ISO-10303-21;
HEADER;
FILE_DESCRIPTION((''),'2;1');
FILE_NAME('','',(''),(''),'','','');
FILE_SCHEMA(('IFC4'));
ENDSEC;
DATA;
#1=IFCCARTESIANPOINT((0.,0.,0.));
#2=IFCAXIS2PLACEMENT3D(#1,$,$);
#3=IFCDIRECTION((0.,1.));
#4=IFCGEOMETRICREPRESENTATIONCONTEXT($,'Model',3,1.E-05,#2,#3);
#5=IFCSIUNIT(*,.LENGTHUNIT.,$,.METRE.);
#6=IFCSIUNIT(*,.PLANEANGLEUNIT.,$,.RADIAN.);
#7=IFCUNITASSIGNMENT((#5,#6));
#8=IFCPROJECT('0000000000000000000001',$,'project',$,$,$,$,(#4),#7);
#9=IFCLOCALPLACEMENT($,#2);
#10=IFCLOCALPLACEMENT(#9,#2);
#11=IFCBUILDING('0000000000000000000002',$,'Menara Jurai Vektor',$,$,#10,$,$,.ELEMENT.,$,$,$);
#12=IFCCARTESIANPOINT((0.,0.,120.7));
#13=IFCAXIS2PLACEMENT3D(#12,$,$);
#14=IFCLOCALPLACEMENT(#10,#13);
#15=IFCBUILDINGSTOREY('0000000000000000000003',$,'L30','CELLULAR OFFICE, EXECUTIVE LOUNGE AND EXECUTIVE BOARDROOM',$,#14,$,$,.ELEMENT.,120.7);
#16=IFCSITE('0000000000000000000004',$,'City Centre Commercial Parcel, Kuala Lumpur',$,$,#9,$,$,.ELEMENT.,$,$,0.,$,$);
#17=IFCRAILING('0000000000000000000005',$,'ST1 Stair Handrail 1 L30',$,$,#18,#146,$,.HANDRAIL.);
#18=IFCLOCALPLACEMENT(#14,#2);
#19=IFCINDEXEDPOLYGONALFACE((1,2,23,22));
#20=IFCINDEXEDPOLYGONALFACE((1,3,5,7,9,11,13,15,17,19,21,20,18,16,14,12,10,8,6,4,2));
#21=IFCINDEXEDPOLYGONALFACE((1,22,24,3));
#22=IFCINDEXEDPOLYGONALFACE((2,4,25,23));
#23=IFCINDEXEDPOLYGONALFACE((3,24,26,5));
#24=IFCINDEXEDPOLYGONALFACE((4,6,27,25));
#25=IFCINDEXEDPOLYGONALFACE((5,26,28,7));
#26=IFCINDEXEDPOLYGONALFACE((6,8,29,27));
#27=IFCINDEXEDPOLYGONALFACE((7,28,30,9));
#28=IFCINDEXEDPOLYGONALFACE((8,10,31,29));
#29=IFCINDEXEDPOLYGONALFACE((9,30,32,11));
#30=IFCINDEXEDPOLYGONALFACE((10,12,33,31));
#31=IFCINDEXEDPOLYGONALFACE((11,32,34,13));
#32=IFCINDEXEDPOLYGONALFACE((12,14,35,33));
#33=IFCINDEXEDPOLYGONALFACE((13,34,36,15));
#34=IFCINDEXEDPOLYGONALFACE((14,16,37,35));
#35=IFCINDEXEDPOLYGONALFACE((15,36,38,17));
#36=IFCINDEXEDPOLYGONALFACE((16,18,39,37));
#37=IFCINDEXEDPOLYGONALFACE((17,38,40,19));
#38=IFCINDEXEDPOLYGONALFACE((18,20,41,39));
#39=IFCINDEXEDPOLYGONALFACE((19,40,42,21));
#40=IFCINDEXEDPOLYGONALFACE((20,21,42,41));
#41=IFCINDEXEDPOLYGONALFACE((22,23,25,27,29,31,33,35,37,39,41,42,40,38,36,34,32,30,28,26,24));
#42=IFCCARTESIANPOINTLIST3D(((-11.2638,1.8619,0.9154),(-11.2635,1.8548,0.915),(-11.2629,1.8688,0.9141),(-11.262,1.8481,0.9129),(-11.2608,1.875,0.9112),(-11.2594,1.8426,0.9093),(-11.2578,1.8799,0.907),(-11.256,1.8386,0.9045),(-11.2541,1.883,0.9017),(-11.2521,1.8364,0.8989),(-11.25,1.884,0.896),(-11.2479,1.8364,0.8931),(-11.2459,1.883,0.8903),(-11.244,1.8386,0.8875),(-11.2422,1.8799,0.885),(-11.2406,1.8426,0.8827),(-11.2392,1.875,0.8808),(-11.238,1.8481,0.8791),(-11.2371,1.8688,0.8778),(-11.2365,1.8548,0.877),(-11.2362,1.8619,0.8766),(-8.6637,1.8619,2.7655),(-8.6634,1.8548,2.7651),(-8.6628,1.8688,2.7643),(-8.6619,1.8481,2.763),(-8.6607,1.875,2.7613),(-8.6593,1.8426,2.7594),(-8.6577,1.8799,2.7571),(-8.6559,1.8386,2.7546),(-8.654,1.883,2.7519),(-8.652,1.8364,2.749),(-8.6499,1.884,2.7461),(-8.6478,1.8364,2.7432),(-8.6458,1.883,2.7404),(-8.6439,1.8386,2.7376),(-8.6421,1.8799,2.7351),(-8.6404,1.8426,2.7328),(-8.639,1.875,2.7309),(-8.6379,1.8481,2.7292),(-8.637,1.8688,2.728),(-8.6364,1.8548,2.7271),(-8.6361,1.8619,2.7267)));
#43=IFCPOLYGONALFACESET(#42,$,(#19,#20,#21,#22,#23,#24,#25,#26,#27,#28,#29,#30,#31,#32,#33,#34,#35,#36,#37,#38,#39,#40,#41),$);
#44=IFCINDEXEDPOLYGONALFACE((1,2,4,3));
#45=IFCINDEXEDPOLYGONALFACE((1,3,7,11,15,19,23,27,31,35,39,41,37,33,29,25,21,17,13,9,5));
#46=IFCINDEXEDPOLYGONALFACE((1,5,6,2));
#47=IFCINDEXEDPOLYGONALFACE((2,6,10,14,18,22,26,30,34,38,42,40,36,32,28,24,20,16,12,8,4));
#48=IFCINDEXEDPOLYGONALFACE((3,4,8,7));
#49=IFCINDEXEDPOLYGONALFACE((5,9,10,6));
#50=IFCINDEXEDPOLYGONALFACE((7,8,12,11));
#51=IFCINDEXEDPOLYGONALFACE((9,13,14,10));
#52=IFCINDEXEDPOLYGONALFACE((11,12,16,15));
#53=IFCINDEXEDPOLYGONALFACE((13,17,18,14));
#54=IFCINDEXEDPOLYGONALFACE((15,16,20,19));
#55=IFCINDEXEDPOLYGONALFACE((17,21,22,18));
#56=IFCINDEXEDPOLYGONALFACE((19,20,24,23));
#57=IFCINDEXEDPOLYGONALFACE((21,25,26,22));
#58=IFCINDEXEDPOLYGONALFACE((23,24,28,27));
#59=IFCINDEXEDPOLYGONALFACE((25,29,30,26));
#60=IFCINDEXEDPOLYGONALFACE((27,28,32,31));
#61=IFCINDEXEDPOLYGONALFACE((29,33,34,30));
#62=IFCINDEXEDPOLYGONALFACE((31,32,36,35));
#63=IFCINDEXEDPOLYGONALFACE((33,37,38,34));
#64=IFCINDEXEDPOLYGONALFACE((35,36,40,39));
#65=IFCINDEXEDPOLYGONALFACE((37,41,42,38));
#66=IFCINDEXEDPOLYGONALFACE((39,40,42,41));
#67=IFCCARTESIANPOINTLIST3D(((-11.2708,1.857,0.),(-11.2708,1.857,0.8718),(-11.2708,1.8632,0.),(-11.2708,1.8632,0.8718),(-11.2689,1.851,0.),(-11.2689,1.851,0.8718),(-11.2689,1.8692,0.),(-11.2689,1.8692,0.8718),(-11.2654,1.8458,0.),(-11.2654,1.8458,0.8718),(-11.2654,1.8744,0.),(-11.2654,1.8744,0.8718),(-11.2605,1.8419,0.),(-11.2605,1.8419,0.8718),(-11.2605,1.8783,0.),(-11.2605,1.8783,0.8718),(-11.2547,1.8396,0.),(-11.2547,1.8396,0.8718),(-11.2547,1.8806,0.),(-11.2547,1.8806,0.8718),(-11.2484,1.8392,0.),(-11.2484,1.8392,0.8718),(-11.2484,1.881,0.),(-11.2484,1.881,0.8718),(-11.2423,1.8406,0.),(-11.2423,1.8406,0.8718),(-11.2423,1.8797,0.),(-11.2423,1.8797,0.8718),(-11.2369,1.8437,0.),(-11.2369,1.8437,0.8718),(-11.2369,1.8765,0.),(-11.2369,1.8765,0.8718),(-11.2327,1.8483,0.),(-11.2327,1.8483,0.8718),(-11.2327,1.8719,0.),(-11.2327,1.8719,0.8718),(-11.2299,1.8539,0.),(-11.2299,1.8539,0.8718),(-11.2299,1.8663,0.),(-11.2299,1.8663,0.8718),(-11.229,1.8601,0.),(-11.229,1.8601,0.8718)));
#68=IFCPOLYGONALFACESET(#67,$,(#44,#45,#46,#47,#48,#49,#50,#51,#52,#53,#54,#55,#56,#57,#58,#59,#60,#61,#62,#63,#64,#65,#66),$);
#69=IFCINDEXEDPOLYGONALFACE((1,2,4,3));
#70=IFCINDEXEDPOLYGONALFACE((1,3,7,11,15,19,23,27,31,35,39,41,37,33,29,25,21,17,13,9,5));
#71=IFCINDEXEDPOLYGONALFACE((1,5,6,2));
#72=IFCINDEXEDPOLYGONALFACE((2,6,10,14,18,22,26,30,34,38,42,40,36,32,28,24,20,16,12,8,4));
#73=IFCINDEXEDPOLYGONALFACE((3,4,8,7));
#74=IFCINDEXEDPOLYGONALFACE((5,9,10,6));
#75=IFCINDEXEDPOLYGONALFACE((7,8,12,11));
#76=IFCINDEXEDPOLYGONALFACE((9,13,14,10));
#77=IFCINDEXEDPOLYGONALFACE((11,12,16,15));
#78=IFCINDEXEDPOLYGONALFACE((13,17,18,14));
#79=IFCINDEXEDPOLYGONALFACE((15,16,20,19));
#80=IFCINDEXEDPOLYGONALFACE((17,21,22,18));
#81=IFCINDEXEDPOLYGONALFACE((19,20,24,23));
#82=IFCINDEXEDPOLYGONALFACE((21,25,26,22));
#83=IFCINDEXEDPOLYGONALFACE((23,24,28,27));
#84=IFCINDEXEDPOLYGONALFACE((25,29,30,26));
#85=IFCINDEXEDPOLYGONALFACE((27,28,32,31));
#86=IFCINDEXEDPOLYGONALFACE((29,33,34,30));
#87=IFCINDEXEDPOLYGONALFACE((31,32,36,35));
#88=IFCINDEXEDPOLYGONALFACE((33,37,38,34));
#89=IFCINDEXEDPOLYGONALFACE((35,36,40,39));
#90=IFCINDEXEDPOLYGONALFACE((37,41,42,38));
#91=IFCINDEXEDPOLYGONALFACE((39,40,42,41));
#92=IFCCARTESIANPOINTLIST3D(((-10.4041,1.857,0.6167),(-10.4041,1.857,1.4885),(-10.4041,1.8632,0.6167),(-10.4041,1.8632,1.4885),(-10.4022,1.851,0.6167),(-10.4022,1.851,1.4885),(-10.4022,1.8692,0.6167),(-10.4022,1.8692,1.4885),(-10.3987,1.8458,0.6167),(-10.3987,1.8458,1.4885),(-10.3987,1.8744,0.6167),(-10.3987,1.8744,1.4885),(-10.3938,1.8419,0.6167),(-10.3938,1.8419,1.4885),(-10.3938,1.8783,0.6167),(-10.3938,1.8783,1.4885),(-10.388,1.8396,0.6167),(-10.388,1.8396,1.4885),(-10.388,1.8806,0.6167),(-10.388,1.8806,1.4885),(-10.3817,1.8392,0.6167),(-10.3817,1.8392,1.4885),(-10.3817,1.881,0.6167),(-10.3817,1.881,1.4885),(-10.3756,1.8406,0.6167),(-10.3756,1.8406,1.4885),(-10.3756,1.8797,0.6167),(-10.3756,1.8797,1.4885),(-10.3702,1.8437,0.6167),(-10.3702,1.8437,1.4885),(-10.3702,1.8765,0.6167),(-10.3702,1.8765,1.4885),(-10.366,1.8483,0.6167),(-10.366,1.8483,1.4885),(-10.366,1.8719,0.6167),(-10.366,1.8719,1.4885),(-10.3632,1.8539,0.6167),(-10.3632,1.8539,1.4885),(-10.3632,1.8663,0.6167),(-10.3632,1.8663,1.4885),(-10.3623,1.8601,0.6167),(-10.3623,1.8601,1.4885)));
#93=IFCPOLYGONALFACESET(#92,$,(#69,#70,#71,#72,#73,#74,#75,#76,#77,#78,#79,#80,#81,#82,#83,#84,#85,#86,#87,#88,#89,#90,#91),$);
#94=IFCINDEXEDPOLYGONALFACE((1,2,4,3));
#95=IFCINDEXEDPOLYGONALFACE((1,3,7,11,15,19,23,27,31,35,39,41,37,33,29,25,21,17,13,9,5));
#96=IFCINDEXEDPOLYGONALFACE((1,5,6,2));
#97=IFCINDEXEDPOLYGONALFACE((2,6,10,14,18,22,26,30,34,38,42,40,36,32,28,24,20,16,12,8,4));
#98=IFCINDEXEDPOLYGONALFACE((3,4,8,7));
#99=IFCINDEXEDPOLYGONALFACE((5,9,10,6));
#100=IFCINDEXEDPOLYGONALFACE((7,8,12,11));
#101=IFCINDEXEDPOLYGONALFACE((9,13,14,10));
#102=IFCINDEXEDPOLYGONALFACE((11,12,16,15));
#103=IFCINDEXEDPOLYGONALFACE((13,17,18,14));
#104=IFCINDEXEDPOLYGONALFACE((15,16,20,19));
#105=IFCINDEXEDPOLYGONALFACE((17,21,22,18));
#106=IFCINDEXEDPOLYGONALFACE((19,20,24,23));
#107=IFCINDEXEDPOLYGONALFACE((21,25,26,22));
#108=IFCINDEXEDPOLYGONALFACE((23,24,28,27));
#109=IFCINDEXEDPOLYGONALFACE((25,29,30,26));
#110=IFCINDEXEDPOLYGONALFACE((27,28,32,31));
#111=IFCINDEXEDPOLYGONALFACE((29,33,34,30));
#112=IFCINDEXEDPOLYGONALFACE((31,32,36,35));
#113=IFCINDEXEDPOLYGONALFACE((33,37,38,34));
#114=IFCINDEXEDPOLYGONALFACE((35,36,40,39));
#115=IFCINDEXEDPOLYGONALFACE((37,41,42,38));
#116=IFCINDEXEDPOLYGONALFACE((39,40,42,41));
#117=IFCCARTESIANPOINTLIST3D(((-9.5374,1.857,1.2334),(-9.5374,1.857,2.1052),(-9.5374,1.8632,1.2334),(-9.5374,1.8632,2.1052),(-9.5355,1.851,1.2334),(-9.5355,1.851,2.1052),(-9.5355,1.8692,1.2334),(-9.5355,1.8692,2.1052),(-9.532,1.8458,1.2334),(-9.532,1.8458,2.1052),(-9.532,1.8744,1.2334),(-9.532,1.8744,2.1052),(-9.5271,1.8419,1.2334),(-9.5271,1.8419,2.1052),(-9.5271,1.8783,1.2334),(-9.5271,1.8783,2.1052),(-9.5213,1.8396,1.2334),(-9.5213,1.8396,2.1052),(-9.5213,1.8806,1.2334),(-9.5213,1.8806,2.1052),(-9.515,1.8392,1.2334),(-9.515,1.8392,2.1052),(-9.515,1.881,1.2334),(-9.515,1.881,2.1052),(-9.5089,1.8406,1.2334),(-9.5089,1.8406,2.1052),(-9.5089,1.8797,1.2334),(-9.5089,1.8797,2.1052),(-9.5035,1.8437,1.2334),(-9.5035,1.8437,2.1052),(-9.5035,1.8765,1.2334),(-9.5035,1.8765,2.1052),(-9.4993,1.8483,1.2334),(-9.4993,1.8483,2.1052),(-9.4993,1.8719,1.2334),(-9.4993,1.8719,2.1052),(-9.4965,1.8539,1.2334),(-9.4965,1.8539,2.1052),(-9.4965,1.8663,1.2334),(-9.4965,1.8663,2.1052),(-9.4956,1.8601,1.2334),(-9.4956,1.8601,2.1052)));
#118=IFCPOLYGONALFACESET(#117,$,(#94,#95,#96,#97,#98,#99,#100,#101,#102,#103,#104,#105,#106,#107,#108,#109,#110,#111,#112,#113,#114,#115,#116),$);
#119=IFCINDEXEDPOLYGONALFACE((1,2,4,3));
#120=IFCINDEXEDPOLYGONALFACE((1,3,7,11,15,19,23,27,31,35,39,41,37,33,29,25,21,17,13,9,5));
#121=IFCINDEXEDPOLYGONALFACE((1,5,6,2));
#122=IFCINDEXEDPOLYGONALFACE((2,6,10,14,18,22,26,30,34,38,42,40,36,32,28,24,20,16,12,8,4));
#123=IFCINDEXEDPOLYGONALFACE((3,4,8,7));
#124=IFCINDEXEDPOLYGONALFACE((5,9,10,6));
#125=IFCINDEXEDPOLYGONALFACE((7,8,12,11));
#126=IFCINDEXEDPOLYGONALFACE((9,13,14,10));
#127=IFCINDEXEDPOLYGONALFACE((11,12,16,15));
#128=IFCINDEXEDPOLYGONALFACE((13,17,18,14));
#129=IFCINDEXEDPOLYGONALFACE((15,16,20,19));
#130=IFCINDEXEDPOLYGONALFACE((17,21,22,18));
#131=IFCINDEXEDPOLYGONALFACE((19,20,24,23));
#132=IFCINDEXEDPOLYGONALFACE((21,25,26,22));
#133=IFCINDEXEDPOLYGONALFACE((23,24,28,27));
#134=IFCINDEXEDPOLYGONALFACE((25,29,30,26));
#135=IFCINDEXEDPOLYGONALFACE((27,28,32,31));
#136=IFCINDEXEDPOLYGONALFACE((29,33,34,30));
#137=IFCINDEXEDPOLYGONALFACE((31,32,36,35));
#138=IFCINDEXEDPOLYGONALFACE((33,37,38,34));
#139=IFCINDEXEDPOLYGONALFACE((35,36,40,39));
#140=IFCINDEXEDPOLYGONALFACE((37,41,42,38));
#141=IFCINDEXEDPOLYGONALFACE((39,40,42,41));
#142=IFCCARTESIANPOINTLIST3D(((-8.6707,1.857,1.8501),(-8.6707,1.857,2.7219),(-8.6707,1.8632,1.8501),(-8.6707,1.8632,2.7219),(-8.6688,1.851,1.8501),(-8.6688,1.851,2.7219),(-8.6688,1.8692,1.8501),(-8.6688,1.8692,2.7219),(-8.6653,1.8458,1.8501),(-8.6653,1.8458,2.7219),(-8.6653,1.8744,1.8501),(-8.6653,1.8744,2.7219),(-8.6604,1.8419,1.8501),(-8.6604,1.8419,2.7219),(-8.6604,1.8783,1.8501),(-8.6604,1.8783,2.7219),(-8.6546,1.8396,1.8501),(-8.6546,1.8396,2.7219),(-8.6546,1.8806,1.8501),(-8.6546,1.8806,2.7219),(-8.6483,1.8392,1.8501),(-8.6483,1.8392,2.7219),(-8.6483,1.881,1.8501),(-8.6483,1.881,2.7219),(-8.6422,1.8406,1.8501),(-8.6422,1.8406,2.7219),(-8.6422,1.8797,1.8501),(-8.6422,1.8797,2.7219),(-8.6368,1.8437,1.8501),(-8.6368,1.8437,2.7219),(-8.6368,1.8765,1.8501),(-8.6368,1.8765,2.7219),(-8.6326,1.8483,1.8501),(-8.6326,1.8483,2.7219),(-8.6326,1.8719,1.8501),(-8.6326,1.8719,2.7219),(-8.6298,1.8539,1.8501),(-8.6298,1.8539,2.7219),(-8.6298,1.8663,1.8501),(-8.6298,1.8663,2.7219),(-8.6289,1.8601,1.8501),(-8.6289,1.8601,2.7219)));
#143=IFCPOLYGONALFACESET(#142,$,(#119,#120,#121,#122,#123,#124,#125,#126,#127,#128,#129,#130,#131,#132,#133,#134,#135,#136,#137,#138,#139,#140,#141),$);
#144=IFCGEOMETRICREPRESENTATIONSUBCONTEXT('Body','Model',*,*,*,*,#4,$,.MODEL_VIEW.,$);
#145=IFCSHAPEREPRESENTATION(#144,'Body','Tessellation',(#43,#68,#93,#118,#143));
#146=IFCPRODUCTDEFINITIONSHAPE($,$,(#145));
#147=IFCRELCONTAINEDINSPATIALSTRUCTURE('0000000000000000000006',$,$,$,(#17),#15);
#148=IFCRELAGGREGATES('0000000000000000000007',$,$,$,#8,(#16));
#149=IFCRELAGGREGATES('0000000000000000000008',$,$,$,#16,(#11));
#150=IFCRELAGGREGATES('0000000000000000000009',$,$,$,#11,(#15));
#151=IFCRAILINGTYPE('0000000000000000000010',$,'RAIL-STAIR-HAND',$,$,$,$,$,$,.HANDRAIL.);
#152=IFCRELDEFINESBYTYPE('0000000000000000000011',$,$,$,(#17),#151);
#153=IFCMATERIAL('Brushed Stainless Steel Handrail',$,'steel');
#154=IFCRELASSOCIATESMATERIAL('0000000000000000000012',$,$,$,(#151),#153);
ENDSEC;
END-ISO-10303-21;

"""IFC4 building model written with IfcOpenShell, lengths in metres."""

from ifc_helpers import new_model, si_unit, direction, frame, origin, origin_2d, place, context, subcontext, project, spatial, circle, extrude, material, type_object, element, save


model = new_model("IFC4")

# Units and contexts
model_context = context("Model", 3, precision=1e-05, world=origin(), true_north=direction((0.0, 1.0)))
body_context = subcontext(model_context, "Body", "Model", "MODEL_VIEW")
ifc_project = project(units=[si_unit("LENGTHUNIT", "METRE"), si_unit("PLANEANGLEUNIT", "RADIAN")], contexts=[model_context])

# Site, building, storey
site_placement = place(None, origin())
site = spatial("IfcSite", under=ifc_project, at=site_placement, Name="City Centre Commercial Parcel, Kuala Lumpur", CompositionType="ELEMENT", RefElevation=0.0)
building_placement = place(site_placement, origin())
building = spatial("IfcBuilding", under=site, at=building_placement, Name="Menara Jurai Vektor", CompositionType="ELEMENT")
storey_placement = place(building_placement, frame((0.0, 0.0, 120.7)))
storey = spatial("IfcBuildingStorey", under=building, at=storey_placement, Name="L30", Description="CELLULAR OFFICE, EXECUTIVE LOUNGE AND EXECUTIVE BOARDROOM", CompositionType="ELEMENT", Elevation=120.7)

# Railing
ifc_material_1 = material(Name="Brushed Stainless Steel Handrail", Category="steel")
railing_type_1 = type_object("IfcRailingType", Name="RAIL-STAIR-HAND", PredefinedType="HANDRAIL", material=ifc_material_1)
railing_1_placement = place(storey_placement, frame((-11.25, 1.8601, 0.0)))
element("IfcRailing", 1, at=railing_1_placement, inside=storey, type_object=railing_type_1, Name="ST1 Stair Handrail 1 L30", PredefinedType="HANDRAIL", context=body_context, shape_type="SweptSolid", body=[
    extrude(circle(Radius=0.0239, at=origin_2d()), frame((0.0, 0.0, 0.896), z_axis=(0.814787, 0.0, 0.579761), x_axis=(0.0, 1.0, 0.0)), (0.0, 0.0, 1.0), 3.1912),
    extrude(circle(Radius=0.021, at=origin_2d()), origin(), (0.0, 0.0, 1.0), 0.8718),
    extrude(circle(Radius=0.021, at=origin_2d()), frame((0.8667, 0.0, 0.6167)), (0.0, 0.0, 1.0), 0.8718),
    extrude(circle(Radius=0.021, at=origin_2d()), frame((1.7334, 0.0, 1.2334)), (0.0, 0.0, 1.0), 0.8718),
    extrude(circle(Radius=0.021, at=origin_2d()), frame((2.6001, 0.0, 1.8501)), (0.0, 0.0, 1.0), 0.8718),
])

save(model, "model.ifc")
